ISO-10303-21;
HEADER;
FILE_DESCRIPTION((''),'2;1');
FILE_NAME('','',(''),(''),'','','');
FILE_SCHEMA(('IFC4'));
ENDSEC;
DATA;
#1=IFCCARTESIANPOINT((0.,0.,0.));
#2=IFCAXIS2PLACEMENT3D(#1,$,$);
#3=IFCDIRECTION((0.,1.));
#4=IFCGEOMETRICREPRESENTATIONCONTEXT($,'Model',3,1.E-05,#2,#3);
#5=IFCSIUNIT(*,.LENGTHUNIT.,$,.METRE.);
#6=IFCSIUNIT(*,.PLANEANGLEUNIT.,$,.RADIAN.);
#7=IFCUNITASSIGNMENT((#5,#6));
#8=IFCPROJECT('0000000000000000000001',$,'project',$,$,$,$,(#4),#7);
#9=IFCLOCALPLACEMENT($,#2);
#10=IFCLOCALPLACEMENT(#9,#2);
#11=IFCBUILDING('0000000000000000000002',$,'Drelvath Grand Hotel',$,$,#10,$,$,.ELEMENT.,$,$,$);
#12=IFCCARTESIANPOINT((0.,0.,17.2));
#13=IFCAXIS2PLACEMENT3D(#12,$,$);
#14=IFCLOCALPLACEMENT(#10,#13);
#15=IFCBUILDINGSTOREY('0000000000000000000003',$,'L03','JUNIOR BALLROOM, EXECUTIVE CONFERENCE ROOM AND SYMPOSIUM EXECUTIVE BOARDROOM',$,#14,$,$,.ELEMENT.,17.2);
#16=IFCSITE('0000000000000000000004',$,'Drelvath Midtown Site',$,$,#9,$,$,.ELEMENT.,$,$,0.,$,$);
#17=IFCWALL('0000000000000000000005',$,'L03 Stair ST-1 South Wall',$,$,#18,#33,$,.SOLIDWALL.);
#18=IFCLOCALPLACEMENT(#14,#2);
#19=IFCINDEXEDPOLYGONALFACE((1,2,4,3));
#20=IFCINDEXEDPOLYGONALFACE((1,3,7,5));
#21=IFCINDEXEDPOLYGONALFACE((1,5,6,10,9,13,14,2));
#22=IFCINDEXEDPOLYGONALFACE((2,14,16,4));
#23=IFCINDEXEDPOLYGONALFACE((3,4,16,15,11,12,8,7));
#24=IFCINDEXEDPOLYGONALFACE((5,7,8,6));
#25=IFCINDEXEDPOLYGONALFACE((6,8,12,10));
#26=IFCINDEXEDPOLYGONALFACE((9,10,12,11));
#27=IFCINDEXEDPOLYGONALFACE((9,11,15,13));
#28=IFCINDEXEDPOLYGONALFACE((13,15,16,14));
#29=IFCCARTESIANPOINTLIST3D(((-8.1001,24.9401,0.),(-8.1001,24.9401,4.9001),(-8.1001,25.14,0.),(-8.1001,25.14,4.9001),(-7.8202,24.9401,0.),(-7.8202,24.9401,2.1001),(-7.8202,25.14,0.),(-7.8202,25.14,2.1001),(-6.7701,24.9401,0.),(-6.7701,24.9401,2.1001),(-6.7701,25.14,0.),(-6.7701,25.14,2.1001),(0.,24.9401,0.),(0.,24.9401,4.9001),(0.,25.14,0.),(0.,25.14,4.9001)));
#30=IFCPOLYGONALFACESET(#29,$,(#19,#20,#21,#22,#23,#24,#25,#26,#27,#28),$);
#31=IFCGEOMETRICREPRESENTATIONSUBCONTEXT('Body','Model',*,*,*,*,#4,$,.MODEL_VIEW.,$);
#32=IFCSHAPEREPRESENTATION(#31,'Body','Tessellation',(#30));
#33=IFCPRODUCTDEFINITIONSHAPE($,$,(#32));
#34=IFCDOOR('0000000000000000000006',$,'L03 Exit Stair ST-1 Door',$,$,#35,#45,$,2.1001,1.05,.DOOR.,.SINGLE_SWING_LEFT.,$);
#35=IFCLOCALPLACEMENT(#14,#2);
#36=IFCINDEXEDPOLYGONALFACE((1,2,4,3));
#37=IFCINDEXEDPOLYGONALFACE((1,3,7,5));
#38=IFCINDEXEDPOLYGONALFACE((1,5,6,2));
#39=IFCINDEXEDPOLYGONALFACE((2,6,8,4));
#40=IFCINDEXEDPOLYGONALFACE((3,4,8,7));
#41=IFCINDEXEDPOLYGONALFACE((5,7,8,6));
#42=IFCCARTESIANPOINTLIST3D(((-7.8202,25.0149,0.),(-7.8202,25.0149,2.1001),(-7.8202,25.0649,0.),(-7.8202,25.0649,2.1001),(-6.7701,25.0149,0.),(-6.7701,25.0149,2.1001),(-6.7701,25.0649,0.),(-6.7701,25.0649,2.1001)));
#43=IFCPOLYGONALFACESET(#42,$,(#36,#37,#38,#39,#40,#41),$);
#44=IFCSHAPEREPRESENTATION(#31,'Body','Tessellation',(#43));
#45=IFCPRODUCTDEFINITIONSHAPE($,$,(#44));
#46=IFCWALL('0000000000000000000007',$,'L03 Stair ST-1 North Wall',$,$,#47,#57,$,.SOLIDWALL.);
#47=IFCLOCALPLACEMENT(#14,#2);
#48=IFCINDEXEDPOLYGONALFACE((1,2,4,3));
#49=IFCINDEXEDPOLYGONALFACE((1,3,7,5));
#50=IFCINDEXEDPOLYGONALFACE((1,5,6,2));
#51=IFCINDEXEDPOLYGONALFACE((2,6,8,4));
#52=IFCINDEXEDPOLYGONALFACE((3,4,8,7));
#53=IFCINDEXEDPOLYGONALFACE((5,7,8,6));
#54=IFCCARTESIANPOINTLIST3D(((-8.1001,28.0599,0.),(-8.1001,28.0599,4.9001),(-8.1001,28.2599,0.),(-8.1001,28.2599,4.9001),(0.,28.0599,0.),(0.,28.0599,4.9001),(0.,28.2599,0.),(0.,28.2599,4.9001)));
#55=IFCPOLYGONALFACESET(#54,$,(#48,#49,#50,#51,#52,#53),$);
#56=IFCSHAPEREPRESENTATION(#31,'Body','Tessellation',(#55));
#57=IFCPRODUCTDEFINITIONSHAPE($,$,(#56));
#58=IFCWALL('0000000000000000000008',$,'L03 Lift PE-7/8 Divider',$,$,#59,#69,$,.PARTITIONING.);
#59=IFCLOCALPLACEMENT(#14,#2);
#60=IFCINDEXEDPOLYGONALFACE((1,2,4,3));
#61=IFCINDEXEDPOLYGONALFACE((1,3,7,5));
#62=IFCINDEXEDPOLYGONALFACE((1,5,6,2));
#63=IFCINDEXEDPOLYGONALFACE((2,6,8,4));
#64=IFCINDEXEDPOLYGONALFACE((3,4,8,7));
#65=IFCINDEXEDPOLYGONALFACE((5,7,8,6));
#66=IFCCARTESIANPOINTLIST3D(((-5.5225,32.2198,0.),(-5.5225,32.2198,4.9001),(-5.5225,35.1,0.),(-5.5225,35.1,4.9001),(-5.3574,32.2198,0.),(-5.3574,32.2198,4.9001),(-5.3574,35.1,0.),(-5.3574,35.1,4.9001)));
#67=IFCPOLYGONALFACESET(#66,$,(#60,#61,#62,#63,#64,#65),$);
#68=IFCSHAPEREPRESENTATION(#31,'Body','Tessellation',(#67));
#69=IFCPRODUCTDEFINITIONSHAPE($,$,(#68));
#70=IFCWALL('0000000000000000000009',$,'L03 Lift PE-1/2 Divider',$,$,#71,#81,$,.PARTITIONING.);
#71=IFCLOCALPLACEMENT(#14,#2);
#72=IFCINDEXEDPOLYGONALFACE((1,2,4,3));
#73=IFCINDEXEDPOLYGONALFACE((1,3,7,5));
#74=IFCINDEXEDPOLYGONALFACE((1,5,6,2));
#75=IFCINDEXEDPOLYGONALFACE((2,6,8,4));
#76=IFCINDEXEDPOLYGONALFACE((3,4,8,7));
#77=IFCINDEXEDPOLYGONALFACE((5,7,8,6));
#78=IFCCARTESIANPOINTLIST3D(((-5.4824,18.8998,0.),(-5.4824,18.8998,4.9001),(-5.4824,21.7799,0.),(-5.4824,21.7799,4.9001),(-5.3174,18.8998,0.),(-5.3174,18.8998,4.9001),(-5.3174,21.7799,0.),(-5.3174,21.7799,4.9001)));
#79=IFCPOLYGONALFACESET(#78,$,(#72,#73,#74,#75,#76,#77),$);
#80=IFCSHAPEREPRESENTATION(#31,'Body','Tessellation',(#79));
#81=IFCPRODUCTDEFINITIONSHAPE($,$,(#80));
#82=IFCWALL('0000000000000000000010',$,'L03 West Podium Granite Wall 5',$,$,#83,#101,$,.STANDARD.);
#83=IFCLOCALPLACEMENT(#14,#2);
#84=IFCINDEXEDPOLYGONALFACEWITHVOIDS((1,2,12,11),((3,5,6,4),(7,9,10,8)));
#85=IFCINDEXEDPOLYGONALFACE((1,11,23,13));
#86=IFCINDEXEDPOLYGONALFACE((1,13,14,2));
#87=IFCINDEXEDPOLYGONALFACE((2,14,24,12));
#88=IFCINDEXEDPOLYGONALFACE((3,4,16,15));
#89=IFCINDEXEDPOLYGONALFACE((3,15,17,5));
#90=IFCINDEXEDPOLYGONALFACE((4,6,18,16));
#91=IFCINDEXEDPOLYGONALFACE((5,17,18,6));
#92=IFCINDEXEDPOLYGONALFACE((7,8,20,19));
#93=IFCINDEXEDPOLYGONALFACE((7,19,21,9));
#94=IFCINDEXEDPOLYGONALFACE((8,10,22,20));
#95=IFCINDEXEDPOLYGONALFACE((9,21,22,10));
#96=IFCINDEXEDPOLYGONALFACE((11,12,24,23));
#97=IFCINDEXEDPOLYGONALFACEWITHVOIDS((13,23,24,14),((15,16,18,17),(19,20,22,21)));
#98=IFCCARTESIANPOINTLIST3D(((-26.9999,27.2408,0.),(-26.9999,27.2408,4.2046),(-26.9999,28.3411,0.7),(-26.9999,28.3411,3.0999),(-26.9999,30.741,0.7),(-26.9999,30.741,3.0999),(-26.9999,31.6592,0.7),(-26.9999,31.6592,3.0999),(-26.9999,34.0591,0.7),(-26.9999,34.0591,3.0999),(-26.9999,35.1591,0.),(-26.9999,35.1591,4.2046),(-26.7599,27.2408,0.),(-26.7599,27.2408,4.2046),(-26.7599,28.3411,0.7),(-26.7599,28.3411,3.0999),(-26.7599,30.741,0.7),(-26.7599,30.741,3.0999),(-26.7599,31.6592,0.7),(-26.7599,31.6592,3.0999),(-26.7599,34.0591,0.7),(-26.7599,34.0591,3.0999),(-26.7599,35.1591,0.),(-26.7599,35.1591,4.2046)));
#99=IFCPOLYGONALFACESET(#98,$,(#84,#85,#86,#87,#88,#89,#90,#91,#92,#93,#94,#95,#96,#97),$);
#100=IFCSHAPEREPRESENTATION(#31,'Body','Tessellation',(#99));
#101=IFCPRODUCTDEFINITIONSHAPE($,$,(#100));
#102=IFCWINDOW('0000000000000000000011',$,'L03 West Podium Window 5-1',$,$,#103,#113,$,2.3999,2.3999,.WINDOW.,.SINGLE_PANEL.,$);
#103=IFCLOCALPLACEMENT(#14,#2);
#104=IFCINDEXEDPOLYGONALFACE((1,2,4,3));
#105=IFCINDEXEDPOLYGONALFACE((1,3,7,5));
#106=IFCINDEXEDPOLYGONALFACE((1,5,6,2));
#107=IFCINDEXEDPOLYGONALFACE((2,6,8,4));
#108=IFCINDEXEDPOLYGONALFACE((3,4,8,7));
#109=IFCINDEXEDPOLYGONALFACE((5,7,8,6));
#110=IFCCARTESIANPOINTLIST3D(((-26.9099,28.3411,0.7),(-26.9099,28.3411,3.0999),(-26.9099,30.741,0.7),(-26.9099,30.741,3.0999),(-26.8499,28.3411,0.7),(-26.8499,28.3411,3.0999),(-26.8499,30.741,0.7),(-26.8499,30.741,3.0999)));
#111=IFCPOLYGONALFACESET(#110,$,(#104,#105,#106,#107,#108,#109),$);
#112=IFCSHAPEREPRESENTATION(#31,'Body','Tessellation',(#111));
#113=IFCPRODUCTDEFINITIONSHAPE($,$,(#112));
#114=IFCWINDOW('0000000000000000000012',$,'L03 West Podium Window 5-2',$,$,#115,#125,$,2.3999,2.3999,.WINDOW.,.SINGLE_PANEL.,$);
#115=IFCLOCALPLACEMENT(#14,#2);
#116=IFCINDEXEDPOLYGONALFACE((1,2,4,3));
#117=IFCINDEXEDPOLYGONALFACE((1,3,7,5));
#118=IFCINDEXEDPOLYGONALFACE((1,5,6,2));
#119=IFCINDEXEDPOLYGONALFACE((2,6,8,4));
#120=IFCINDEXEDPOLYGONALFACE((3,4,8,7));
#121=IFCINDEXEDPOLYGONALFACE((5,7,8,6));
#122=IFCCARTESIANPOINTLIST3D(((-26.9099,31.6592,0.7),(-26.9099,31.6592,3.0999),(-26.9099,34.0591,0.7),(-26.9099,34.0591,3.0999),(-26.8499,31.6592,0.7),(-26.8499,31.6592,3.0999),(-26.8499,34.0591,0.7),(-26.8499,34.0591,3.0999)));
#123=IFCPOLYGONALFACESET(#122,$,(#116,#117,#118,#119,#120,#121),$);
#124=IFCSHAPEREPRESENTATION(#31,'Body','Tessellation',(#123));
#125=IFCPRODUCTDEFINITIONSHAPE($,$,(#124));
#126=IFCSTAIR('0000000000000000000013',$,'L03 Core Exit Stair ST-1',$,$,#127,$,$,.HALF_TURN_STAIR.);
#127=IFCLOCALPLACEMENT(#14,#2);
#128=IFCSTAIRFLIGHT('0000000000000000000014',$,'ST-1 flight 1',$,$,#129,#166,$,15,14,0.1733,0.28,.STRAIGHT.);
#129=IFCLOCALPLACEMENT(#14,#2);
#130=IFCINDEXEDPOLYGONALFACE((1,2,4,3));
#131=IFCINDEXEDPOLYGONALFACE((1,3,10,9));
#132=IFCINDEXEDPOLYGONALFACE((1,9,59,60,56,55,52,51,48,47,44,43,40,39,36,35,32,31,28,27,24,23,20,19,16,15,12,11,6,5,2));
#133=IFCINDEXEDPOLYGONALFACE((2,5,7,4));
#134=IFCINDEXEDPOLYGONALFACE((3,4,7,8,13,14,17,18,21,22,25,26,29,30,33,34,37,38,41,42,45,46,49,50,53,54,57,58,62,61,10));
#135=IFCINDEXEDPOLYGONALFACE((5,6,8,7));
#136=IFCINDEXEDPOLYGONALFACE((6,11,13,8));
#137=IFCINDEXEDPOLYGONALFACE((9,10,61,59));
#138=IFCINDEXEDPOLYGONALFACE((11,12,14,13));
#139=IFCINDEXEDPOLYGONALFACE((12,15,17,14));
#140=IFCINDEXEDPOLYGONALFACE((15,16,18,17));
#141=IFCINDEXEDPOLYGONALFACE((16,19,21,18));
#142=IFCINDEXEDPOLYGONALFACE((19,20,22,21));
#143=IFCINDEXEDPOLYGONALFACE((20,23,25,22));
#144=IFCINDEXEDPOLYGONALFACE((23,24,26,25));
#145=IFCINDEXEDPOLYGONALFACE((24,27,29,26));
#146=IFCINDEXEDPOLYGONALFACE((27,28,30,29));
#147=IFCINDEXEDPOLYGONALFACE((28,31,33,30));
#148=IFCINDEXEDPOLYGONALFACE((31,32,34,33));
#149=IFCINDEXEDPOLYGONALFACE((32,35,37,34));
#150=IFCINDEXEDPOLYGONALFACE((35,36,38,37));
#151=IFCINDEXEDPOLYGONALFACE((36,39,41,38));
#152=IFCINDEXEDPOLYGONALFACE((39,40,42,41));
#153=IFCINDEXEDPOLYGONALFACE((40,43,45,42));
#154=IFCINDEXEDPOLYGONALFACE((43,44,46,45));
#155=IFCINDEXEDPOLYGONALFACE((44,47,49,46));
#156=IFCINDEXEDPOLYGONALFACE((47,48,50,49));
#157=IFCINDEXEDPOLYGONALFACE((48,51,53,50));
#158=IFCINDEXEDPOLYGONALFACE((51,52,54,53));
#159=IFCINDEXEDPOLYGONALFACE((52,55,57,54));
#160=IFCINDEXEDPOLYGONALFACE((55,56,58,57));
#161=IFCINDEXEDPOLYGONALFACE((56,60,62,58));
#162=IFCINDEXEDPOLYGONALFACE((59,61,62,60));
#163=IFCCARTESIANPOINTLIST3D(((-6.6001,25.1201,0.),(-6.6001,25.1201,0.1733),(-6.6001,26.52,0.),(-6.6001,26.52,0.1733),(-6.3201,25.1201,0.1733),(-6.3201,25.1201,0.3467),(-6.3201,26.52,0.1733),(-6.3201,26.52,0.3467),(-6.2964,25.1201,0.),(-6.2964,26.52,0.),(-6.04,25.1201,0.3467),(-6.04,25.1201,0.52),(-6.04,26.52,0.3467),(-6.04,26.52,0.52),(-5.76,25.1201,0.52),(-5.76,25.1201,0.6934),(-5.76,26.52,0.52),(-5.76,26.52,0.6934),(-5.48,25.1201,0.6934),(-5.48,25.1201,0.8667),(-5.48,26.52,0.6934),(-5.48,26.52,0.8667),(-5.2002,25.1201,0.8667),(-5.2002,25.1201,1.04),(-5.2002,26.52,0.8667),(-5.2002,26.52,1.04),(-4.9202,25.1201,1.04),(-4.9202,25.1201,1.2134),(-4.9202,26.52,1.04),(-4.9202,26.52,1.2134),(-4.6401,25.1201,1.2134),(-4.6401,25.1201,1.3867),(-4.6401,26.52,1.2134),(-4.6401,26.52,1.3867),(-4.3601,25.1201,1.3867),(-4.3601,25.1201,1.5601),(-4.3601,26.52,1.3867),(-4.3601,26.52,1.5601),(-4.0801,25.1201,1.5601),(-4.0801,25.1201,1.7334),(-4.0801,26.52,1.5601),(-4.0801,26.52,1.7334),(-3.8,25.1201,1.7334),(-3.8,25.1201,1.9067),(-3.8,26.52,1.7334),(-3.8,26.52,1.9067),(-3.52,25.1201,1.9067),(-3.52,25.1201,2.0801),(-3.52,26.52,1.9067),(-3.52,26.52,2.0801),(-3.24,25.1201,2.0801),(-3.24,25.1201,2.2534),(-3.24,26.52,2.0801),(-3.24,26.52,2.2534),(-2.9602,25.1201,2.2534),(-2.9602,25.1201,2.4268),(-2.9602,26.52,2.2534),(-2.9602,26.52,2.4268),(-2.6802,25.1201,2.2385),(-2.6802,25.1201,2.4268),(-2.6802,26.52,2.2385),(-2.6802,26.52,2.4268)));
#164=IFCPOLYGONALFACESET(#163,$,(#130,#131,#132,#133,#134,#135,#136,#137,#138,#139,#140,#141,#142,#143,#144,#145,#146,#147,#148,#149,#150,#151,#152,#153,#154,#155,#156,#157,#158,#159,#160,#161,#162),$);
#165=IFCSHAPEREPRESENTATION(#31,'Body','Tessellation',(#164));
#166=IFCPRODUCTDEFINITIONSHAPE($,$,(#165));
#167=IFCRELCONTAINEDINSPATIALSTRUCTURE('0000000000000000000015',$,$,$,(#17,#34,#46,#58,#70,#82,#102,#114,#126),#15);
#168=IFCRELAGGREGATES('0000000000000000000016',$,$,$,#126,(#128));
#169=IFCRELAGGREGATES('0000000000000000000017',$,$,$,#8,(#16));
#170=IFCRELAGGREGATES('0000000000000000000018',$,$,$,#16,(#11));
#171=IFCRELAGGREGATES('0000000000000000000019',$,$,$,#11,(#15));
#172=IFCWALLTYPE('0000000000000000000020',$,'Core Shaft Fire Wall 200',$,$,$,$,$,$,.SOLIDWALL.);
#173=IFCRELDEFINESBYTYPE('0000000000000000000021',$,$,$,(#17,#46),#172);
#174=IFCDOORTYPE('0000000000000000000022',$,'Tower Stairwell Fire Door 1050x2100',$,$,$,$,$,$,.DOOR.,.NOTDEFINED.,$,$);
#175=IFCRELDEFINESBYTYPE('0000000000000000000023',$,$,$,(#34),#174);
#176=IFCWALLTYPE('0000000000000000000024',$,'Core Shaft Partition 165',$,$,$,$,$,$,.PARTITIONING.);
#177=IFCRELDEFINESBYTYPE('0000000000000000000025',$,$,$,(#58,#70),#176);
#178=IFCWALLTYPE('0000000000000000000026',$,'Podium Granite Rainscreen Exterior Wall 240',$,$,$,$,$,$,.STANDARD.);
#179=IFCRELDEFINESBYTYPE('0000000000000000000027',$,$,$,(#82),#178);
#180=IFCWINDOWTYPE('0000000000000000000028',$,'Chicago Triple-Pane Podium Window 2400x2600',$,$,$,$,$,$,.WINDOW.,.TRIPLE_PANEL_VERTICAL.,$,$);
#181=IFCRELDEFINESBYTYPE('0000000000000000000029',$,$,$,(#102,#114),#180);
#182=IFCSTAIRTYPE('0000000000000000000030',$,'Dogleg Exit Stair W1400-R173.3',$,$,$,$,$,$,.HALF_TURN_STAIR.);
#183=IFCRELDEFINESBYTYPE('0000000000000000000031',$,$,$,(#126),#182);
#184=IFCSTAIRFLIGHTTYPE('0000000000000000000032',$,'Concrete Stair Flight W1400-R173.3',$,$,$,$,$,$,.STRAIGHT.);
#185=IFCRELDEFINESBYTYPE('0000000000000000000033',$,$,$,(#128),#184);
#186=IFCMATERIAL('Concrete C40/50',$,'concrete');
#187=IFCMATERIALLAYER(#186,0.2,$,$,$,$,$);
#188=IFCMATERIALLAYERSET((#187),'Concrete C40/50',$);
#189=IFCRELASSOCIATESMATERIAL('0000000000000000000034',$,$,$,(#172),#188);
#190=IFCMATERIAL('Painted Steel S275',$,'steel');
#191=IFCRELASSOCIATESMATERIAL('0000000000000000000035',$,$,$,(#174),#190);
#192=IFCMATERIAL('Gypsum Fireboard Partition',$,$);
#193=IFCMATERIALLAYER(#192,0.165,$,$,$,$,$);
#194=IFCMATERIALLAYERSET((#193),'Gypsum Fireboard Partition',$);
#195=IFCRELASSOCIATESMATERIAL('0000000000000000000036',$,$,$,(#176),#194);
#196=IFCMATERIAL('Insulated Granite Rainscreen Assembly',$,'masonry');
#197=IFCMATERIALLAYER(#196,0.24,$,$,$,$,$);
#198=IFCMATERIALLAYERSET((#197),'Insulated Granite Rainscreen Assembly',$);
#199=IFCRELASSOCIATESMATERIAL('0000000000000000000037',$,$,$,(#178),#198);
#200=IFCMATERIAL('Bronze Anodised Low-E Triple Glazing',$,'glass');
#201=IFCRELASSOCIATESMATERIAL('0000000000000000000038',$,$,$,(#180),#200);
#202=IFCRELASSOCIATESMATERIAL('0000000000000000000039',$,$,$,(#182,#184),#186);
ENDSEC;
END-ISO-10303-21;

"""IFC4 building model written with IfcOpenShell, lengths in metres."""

from ifc_helpers import new_model, si_unit, direction, frame, frame_2d, origin, place, context, subcontext, project, spatial, polyline, rectangle, outline, extrude, material, layer, layer_set, type_object, element, fill, aggregate, save


model = new_model("IFC4")

# Units and contexts
model_context = context("Model", 3, precision=1e-05, world=origin(), true_north=direction((0.0, 1.0)))
body_context = subcontext(model_context, "Body", "Model", "MODEL_VIEW")
ifc_project = project(units=[si_unit("LENGTHUNIT", "METRE"), si_unit("PLANEANGLEUNIT", "RADIAN")], contexts=[model_context])

# Site, building, storey
site_placement = place(None, origin())
site = spatial("IfcSite", under=ifc_project, at=site_placement, Name="Drelvath Midtown Site", CompositionType="ELEMENT", RefElevation=0.0)
building_placement = place(site_placement, origin())
building = spatial("IfcBuilding", under=site, at=building_placement, Name="Drelvath Grand Hotel", CompositionType="ELEMENT")
storey_placement = place(building_placement, frame((0.0, 0.0, 17.2)))
storey = spatial("IfcBuildingStorey", under=building, at=storey_placement, Name="L03", Description="JUNIOR BALLROOM, EXECUTIVE CONFERENCE ROOM AND SYMPOSIUM EXECUTIVE BOARDROOM", CompositionType="ELEMENT", Elevation=17.2)

# Shared definitions
ifc_material_1 = material(Name="Painted Steel S275", Category="steel")

# Shared definitions
ifc_material_2 = material(Name="Concrete C40/50", Category="concrete")

# Wall, opening, door
ifc_layer_1 = layer(ifc_material_2, 0.2)
ifc_layer_set_1 = layer_set([ifc_layer_1], Name="Concrete C40/50")
wall_type_1 = type_object("IfcWallType", Name="Core Shaft Fire Wall 200", PredefinedType="SOLIDWALL", material=ifc_layer_set_1)
wall_1_placement = place(storey_placement, frame((-8.1001, 25.04, 0.0), z_axis=(0.0, 0.0, 1.0), x_axis=(1.0, 0.0, 0.0)))
wall_1 = element("IfcWall", 1, at=wall_1_placement, inside=storey, type_object=wall_type_1, Name="L03 Stair ST-1 South Wall", PredefinedType="SOLIDWALL", context=body_context, shape_type="SweptSolid", body=[
    extrude(rectangle(XDim=8.1001, YDim=0.2, at=frame_2d((4.05, 0.0))), origin(), (0.0, 0.0, 1.0), 4.9001),
])
opening_1_placement = place(wall_1_placement, frame((0.28, 0.0, 0.0)))
opening_1 = element("IfcOpeningElement", 2, at=opening_1_placement, cuts=wall_1, PredefinedType="OPENING", context=body_context, shape_type="SweptSolid", body=[
    extrude(rectangle(XDim=1.05, YDim=2.1001, at=frame_2d((0.5249, 1.05))), frame((0.0, 0.1099, 0.0), z_axis=(0.0, -1.0, 0.0), x_axis=(1.0, 0.0, 0.0)), (0.0, 0.0, 1.0), 0.22),
])
door_type_1 = type_object("IfcDoorType", Name="Tower Stairwell Fire Door 1050x2100", OperationType="NOTDEFINED", PredefinedType="DOOR", material=ifc_material_1)
door_1_placement = place(opening_1_placement, origin())
door_1 = element("IfcDoor", 3, at=door_1_placement, inside=storey, type_object=door_type_1, Name="L03 Exit Stair ST-1 Door", OperationType="SINGLE_SWING_LEFT", OverallHeight=2.1001, OverallWidth=1.05, PredefinedType="DOOR", context=body_context, shape_type="SweptSolid", body=[
    extrude(rectangle(XDim=1.05, YDim=2.1001, at=frame_2d((0.5249, 1.05))), frame((0.0, 0.0249, 0.0), z_axis=(0.0, -1.0, 0.0), x_axis=(1.0, 0.0, 0.0)), (0.0, 0.0, 1.0), 0.05),
])
fill(opening_1, door_1)

# Walls
wall_2_placement = place(storey_placement, frame((-8.1001, 28.1599, 0.0), z_axis=(0.0, 0.0, 1.0), x_axis=(1.0, 0.0, 0.0)))
element("IfcWall", 4, at=wall_2_placement, inside=storey, type_object=wall_type_1, Name="L03 Stair ST-1 North Wall", PredefinedType="SOLIDWALL", context=body_context, shape_type="SweptSolid", body=[
    extrude(rectangle(XDim=8.1001, YDim=0.2, at=frame_2d((4.05, 0.0))), origin(), (0.0, 0.0, 1.0), 4.9001),
])
ifc_material_3 = material(Name="Gypsum Fireboard Partition")
ifc_layer_2 = layer(ifc_material_3, 0.165)
ifc_layer_set_2 = layer_set([ifc_layer_2], Name="Gypsum Fireboard Partition")
wall_type_2 = type_object("IfcWallType", Name="Core Shaft Partition 165", PredefinedType="PARTITIONING", material=ifc_layer_set_2)
for number, where, z_axis, x_axis, name in (
    (5, (-5.4399, 32.22, 0.0), (0.0, 0.0, 1.0), (0.0, 1.0, 0.0), "L03 Lift PE-7/8 Divider"),
    (6, (-5.3999, 18.8999, 0.0), (0.0, 0.0, 1.0), (0.0, 1.0, 0.0), "L03 Lift PE-1/2 Divider"),
):
    element("IfcWall", number, at=place(storey_placement, frame(where, z_axis=z_axis, x_axis=x_axis)), inside=storey, type_object=wall_type_2, Name=name, PredefinedType="PARTITIONING", context=body_context, shape_type="SweptSolid", body=[
        extrude(rectangle(XDim=2.8801, YDim=0.165, at=frame_2d((1.4399, 0.0))), origin(), (0.0, 0.0, 1.0), 4.9001),
    ])

# Wall, openings, windows
ifc_material_4 = material(Name="Insulated Granite Rainscreen Assembly", Category="masonry")
ifc_layer_3 = layer(ifc_material_4, 0.24)
ifc_layer_set_3 = layer_set([ifc_layer_3], Name="Insulated Granite Rainscreen Assembly")
wall_type_3 = type_object("IfcWallType", Name="Podium Granite Rainscreen Exterior Wall 240", PredefinedType="STANDARD", material=ifc_layer_set_3)
wall_3_placement = place(storey_placement, frame((-26.8799, 27.241, 0.0), z_axis=(0.0, 0.0, 1.0), x_axis=(0.0, 1.0, 0.0)))
wall_3 = element("IfcWall", 7, at=wall_3_placement, inside=storey, type_object=wall_type_3, Name="L03 West Podium Granite Wall 5", PredefinedType="STANDARD", context=body_context, shape_type="SweptSolid", body=[
    extrude(rectangle(XDim=7.9182, YDim=0.24, at=frame_2d((3.959, 0.0))), origin(), (0.0, 0.0, 1.0), 4.2046),
])
opening_2_placement = place(wall_3_placement, frame((1.1001, 0.0, 0.7)))
opening_2 = element("IfcOpeningElement", 8, at=opening_2_placement, cuts=wall_3, PredefinedType="OPENING", context=body_context, shape_type="SweptSolid", body=[
    extrude(rectangle(XDim=2.3999, YDim=2.3999, at=frame_2d((1.2, 1.2))), frame((0.0, 0.1299, 0.0), z_axis=(0.0, -1.0, 0.0), x_axis=(1.0, 0.0, 0.0)), (0.0, 0.0, 1.0), 0.26),
])
opening_3_placement = place(wall_3_placement, frame((4.4182, 0.0, 0.7)))
opening_3 = element("IfcOpeningElement", 9, at=opening_3_placement, cuts=wall_3, PredefinedType="OPENING", context=body_context, shape_type="SweptSolid", body=[
    extrude(rectangle(XDim=2.3999, YDim=2.3999, at=frame_2d((1.2, 1.2))), frame((0.0, 0.1299, 0.0), z_axis=(0.0, -1.0, 0.0), x_axis=(1.0, 0.0, 0.0)), (0.0, 0.0, 1.0), 0.26),
])
ifc_material_5 = material(Name="Bronze Anodised Low-E Triple Glazing", Category="glass")
window_type = type_object("IfcWindowType", Name="Chicago Triple-Pane Podium Window 2400x2600", PartitioningType="TRIPLE_PANEL_VERTICAL", PredefinedType="WINDOW", material=ifc_material_5)
window_1_placement = place(opening_2_placement, origin())
window_1 = element("IfcWindow", 10, at=window_1_placement, inside=storey, type_object=window_type, Name="L03 West Podium Window 5-1", OverallHeight=2.3999, OverallWidth=2.3999, PartitioningType="SINGLE_PANEL", PredefinedType="WINDOW", context=body_context, shape_type="SweptSolid", body=[
    extrude(rectangle(XDim=2.3999, YDim=2.3999, at=frame_2d((1.2, 1.2))), frame((0.0, 0.03, 0.0), z_axis=(0.0, -1.0, 0.0), x_axis=(1.0, 0.0, 0.0)), (0.0, 0.0, 1.0), 0.0601),
])
fill(opening_2, window_1)
window_2_placement = place(opening_3_placement, origin())
window_2 = element("IfcWindow", 11, at=window_2_placement, inside=storey, type_object=window_type, Name="L03 West Podium Window 5-2", OverallHeight=2.3999, OverallWidth=2.3999, PartitioningType="SINGLE_PANEL", PredefinedType="WINDOW", context=body_context, shape_type="SweptSolid", body=[
    extrude(rectangle(XDim=2.3999, YDim=2.3999, at=frame_2d((1.2, 1.2))), frame((0.0, 0.03, 0.0), z_axis=(0.0, -1.0, 0.0), x_axis=(1.0, 0.0, 0.0)), (0.0, 0.0, 1.0), 0.0601),
])
fill(opening_3, window_2)

# Stair, stair flight
stair_type = type_object("IfcStairType", Name="Dogleg Exit Stair W1400-R173.3", PredefinedType="HALF_TURN_STAIR", material=ifc_material_2)
stair_placement = place(storey_placement, origin())
stair = element("IfcStair", 12, at=stair_placement, inside=storey, type_object=stair_type, Name="L03 Core Exit Stair ST-1", PredefinedType="HALF_TURN_STAIR")
stair_flight_type = type_object("IfcStairFlightType", Name="Concrete Stair Flight W1400-R173.3", PredefinedType="STRAIGHT", material=ifc_material_2)
stair_flight_placement = place(storey_placement, frame((-6.6001, 25.8201, 0.0), z_axis=(0.0, 0.0, 1.0), x_axis=(1.0, 0.0, 0.0)))
stair_flight = element("IfcStairFlight", 13, at=stair_flight_placement, type_object=stair_flight_type, Name="ST-1 flight 1", NumberOfRisers=15, NumberOfTreads=14, PredefinedType="STRAIGHT", RiserHeight=0.1733, TreadLength=0.28, context=body_context, shape_type="SweptSolid", body=[
    extrude(outline(polyline([(0.0, 0.0), (0.0, 0.1733), (0.28, 0.1733), (0.28, 0.3467), (0.5601, 0.3467), (0.5601, 0.52), (0.8401, 0.52), (0.8401, 0.6934), (1.1201, 0.6934), (1.1201, 0.8667), (1.3999, 0.8667), (1.3999, 1.04), (1.6799, 1.04), (1.6799, 1.2134), (1.96, 1.2134), (1.96, 1.3867), (2.24, 1.3867), (2.24, 1.5601), (2.52, 1.5601), (2.52, 1.7334), (2.8, 1.7334), (2.8, 1.9067), (3.0801, 1.9067), (3.0801, 2.0801), (3.3601, 2.0801), (3.3601, 2.2534), (3.6399, 2.2534), (3.6399, 2.4268), (3.9199, 2.4268), (3.9199, 2.6001), (3.9199, 2.2385), (0.3037, 0.0), (0.0, 0.0)])), frame((0.0, 0.7, 0.0), z_axis=(0.0, -1.0, 0.0), x_axis=(1.0, 0.0, 0.0)), (0.0, 0.0, 1.0), 1.3999),
])
aggregate(stair, [stair_flight])

save(model, "model.ifc")
